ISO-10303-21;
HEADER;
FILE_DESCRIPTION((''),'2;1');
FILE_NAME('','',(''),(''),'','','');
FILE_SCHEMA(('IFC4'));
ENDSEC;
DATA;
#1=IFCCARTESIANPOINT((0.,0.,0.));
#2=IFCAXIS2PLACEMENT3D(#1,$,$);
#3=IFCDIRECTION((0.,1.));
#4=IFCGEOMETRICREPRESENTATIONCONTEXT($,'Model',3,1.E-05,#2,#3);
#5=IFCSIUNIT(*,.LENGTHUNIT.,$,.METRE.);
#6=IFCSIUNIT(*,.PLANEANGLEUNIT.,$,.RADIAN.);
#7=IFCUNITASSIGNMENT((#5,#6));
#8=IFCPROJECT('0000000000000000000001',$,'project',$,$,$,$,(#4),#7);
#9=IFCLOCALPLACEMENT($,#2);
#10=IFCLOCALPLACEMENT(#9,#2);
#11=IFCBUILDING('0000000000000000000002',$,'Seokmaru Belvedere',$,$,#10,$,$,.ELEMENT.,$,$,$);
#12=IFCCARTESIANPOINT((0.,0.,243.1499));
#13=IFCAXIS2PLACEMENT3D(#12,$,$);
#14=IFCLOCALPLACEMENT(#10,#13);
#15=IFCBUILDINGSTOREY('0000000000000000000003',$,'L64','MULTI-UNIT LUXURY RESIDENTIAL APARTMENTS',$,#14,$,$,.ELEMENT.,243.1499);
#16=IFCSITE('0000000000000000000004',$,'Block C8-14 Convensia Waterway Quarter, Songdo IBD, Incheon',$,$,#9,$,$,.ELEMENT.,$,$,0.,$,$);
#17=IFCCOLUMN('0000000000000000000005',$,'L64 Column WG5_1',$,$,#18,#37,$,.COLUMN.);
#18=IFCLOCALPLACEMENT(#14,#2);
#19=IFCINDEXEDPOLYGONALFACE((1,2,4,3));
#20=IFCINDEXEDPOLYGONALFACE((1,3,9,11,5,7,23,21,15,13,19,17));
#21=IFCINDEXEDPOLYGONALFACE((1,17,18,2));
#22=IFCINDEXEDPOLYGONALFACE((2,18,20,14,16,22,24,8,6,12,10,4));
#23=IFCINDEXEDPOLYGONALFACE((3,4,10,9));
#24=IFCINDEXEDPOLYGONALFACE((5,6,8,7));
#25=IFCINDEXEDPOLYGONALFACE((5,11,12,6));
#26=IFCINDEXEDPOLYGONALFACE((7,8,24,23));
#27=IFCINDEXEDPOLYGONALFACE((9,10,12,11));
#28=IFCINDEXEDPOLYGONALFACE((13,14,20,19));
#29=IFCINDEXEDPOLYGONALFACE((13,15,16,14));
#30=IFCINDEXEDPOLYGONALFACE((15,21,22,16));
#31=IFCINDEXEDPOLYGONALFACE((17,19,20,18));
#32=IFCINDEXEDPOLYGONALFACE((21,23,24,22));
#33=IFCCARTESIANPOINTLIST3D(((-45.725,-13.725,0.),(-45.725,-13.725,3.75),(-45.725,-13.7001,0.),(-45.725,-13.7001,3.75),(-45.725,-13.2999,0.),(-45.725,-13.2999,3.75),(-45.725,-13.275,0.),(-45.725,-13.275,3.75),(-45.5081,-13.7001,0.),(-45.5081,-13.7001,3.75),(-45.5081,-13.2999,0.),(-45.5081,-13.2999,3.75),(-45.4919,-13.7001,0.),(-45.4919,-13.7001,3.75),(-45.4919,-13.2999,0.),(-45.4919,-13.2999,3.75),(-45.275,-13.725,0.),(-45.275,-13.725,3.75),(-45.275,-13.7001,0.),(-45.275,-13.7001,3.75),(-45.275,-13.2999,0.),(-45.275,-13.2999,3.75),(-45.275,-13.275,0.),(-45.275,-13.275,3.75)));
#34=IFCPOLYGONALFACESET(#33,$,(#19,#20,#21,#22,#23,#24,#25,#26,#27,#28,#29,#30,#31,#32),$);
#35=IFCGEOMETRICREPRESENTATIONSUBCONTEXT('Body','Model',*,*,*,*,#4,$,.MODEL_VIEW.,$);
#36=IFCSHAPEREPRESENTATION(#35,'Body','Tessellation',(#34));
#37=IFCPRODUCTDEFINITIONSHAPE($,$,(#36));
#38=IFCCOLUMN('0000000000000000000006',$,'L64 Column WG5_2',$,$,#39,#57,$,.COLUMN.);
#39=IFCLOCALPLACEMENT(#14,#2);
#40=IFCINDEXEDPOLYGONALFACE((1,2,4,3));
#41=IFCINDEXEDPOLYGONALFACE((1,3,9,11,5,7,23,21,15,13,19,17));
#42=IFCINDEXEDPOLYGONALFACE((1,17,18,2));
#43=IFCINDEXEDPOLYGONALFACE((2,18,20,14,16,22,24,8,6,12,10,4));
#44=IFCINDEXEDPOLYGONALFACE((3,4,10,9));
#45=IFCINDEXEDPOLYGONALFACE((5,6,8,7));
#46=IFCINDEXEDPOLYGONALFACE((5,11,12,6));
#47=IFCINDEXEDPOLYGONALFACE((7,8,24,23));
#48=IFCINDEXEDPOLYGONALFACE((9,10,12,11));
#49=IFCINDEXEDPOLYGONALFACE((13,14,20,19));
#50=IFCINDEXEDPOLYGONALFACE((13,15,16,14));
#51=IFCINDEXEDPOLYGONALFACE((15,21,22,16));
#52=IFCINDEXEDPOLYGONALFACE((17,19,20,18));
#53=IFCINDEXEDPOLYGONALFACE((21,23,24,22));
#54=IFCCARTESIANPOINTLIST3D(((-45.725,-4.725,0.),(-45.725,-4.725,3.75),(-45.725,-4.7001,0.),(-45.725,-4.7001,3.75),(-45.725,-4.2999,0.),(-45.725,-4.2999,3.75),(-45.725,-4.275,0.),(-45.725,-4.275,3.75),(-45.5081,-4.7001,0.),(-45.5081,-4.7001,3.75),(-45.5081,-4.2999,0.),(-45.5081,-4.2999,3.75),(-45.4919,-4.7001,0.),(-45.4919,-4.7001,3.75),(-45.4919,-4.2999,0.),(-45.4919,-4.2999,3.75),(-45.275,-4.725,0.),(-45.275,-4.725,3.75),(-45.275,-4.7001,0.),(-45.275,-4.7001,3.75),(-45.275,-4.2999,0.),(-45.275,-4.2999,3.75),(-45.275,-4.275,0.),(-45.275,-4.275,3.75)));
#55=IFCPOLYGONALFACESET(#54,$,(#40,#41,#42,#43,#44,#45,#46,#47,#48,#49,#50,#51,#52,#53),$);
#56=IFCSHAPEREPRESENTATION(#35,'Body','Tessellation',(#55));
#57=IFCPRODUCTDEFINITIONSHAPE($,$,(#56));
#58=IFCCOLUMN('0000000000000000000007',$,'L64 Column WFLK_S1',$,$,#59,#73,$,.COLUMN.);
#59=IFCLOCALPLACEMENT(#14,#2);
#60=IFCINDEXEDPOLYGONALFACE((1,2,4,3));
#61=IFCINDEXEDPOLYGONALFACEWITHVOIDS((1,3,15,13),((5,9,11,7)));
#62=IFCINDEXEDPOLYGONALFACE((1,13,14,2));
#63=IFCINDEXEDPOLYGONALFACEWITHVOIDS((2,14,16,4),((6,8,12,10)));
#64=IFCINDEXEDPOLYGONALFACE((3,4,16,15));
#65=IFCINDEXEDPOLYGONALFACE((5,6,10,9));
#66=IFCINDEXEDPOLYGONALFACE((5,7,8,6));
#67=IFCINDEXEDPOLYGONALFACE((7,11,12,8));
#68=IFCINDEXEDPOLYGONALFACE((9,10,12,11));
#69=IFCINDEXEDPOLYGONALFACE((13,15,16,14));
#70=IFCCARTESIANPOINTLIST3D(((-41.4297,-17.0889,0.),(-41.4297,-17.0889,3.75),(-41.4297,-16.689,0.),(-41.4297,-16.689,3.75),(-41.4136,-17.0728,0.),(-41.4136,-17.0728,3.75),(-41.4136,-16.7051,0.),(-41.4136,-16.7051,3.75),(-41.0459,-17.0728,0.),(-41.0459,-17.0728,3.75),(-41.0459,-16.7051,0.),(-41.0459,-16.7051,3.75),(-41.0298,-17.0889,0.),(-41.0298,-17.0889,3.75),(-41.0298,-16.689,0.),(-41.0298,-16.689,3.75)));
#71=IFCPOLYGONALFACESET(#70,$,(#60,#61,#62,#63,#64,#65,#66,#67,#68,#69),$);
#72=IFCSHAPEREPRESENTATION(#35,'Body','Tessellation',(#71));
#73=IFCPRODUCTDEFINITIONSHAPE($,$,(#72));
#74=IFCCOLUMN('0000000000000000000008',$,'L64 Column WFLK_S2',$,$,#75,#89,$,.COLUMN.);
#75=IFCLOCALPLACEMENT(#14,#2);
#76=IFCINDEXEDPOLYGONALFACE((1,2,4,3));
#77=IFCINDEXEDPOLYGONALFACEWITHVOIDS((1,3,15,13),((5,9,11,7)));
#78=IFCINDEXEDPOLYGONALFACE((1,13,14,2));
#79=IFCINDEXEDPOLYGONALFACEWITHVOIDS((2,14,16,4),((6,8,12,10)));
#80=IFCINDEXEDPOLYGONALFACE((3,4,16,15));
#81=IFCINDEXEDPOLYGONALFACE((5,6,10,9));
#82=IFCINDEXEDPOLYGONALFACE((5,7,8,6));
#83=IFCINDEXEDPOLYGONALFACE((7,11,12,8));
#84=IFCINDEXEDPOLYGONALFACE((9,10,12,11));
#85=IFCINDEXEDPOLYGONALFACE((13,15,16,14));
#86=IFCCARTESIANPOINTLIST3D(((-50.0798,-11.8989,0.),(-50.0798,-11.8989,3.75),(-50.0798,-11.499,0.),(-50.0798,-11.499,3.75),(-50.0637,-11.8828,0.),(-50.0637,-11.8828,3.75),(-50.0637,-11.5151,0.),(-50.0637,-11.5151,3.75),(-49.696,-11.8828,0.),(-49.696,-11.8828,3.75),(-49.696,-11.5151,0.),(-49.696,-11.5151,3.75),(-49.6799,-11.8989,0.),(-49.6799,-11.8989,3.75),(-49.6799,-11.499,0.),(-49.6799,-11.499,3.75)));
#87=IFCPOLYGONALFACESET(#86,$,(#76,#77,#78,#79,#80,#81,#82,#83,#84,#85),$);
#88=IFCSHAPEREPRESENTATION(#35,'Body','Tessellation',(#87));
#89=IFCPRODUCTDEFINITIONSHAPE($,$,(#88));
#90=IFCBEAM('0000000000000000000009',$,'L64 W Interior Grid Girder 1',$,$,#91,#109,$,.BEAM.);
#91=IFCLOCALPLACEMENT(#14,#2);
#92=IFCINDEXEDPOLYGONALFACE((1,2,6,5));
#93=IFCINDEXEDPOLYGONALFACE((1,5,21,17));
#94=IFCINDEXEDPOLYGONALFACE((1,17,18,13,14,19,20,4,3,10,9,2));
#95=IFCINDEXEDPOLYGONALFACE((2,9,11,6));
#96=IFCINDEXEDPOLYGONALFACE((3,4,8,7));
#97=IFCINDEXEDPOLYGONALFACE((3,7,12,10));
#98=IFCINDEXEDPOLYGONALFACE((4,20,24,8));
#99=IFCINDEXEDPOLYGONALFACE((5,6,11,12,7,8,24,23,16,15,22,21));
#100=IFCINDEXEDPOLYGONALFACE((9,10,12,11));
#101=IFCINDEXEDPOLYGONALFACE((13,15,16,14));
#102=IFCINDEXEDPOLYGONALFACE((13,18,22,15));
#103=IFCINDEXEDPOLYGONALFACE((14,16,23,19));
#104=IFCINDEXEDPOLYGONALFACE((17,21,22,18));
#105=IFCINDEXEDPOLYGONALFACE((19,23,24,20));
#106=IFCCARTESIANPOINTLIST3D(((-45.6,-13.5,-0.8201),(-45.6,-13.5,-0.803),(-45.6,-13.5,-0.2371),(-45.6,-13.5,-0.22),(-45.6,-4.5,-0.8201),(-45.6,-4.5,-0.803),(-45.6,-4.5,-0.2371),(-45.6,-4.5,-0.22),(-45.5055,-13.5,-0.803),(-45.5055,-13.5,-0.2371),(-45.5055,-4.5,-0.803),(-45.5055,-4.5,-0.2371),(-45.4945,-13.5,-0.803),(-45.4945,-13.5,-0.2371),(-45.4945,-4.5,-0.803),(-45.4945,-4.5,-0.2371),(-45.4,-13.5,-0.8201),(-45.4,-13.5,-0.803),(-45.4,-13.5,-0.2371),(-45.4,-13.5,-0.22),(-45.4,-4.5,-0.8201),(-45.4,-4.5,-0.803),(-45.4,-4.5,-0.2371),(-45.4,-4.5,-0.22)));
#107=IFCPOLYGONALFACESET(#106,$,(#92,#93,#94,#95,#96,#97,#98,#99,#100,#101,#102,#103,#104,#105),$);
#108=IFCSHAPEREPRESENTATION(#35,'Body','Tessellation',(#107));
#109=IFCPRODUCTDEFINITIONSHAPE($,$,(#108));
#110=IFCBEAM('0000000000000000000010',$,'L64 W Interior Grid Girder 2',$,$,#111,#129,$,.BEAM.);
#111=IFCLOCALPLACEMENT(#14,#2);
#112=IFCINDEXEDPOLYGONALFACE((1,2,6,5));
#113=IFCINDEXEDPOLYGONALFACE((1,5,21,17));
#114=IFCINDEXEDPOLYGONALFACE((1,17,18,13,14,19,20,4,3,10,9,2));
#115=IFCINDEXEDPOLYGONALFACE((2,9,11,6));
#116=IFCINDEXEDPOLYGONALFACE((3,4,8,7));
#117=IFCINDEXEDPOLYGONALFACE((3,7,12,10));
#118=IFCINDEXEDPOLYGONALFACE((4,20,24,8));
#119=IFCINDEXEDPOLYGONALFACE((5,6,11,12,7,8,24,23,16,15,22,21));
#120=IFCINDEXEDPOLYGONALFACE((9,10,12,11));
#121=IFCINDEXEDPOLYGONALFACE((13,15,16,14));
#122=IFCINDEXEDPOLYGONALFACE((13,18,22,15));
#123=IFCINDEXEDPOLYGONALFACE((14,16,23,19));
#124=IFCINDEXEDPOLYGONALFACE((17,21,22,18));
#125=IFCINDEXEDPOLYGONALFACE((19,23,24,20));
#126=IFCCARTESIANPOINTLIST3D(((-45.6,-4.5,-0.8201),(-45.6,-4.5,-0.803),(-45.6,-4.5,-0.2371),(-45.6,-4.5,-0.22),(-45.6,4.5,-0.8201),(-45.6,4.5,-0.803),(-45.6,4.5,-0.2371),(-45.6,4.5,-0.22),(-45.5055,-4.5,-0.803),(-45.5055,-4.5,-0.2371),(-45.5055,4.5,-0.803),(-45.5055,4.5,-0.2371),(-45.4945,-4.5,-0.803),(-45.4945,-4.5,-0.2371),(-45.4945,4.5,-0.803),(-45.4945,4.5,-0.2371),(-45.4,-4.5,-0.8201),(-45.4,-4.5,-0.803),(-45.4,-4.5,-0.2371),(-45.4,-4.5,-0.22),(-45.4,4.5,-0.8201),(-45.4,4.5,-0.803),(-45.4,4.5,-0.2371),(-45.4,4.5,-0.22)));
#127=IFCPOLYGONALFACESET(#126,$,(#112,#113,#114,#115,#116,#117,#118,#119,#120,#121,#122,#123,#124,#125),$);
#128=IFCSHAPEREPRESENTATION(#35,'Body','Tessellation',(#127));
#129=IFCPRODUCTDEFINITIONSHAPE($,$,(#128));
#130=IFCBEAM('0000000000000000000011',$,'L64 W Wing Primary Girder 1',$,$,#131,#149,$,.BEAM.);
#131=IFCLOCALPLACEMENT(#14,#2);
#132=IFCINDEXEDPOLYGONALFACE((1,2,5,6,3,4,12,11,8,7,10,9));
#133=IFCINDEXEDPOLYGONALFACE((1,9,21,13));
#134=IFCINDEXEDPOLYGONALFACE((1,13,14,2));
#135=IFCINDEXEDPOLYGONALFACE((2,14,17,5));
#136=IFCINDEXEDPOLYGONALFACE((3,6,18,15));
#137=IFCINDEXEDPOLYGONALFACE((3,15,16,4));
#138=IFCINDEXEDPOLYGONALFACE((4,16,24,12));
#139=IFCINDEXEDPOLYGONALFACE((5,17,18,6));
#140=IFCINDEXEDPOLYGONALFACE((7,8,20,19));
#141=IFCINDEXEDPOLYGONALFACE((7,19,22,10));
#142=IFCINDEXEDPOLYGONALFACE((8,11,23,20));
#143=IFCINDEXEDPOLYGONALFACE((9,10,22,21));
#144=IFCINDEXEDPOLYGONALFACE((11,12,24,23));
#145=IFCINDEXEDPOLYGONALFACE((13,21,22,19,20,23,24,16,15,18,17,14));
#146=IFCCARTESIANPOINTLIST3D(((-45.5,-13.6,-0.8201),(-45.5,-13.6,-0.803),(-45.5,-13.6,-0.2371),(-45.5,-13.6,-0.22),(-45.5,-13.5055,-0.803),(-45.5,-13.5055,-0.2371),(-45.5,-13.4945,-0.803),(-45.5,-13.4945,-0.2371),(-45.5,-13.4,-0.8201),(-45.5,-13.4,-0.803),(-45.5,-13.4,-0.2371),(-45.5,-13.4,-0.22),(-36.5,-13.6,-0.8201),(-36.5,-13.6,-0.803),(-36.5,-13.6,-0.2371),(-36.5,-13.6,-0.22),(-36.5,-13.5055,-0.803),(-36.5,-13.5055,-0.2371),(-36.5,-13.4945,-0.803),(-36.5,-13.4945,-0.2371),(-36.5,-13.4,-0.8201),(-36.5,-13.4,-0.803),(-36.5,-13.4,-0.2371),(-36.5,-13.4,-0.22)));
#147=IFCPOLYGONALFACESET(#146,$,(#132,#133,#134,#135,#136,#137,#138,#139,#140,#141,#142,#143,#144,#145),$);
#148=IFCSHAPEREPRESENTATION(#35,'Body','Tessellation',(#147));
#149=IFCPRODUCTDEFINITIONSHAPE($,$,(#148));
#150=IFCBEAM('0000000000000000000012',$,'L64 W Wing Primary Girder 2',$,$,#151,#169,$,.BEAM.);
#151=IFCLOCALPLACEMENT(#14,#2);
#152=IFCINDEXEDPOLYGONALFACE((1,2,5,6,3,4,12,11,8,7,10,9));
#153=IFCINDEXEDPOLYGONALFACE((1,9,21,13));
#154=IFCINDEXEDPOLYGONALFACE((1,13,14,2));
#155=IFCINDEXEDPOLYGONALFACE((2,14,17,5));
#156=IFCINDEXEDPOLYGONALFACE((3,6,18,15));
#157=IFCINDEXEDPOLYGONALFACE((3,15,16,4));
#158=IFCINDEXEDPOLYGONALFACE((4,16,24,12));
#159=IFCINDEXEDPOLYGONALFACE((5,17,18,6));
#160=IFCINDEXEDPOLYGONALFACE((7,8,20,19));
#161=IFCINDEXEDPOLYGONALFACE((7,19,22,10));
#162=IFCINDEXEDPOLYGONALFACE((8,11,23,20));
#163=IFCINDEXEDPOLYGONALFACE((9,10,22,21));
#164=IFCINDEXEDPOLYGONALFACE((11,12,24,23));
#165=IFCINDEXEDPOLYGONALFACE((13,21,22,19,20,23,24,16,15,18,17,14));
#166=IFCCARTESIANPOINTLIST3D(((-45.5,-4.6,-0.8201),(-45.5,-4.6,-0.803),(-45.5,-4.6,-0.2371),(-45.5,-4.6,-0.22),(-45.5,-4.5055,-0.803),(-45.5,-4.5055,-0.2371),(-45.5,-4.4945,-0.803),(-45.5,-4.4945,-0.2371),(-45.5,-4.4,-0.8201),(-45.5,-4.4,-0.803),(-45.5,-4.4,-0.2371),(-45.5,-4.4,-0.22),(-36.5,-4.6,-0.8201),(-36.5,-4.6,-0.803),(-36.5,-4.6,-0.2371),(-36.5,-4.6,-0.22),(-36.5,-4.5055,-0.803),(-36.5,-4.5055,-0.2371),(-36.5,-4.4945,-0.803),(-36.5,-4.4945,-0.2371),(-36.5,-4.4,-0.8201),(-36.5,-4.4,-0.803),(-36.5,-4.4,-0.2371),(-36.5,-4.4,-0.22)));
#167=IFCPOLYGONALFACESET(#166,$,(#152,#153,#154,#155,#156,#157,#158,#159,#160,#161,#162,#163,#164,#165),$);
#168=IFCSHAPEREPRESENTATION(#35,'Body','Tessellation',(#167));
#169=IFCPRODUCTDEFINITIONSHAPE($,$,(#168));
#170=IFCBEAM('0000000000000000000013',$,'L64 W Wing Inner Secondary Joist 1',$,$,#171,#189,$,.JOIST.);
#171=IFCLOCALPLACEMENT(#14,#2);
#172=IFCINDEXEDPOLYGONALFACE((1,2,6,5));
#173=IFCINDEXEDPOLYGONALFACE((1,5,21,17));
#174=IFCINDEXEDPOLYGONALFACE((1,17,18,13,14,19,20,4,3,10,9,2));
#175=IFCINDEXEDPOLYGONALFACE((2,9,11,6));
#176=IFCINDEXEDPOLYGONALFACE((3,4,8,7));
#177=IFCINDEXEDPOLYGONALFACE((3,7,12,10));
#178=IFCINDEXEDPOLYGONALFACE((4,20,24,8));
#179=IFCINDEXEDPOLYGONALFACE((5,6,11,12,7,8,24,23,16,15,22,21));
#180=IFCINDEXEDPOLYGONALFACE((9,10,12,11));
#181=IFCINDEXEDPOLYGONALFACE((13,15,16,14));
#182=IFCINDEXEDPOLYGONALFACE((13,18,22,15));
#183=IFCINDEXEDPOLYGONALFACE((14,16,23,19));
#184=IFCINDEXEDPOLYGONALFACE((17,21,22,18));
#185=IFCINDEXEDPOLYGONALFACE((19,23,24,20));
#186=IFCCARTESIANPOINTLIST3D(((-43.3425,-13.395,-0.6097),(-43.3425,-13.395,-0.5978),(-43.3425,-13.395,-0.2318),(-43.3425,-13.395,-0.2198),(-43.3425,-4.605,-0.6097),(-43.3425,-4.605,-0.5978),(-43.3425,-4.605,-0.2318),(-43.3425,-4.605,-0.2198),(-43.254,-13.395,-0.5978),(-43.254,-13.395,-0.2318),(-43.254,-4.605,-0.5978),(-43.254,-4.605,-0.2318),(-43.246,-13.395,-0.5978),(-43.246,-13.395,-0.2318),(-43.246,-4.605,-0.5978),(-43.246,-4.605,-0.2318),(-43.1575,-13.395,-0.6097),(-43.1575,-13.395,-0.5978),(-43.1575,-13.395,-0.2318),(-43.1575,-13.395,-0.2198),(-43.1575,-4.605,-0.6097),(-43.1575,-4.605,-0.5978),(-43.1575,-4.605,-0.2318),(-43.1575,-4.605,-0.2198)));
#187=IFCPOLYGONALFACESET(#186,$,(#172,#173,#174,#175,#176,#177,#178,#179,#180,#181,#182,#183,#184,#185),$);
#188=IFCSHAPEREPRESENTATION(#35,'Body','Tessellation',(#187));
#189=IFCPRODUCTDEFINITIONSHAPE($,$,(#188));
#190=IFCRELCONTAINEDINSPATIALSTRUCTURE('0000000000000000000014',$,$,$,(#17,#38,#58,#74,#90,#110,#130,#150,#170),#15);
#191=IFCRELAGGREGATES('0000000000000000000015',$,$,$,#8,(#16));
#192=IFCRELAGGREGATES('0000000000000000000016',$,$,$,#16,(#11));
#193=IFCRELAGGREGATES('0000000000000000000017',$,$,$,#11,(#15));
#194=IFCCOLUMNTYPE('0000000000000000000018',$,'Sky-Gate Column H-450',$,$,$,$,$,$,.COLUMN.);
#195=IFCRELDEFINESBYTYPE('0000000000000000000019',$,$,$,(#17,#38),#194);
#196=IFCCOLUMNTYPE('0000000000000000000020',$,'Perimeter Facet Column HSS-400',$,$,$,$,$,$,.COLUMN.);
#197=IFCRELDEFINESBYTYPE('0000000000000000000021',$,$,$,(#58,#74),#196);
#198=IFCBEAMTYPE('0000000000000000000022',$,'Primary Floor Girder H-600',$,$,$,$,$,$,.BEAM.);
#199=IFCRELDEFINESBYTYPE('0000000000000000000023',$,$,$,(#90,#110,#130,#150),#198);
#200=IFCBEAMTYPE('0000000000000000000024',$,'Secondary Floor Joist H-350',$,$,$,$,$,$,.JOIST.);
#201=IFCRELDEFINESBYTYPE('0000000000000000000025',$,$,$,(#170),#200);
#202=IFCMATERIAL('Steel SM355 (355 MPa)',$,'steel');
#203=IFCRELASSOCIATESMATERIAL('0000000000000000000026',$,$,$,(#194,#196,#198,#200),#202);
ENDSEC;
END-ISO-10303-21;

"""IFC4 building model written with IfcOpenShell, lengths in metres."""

from ifc_helpers import new_model, si_unit, direction, frame, origin, origin_2d, place, context, subcontext, project, spatial, hollow_rectangle, i_section, extrude, source, transform, mapped, material, material_profile, profile_set, type_object, type_shapes, element, save


model = new_model("IFC4")

# Units and contexts
model_context = context("Model", 3, precision=1e-05, world=origin(), true_north=direction((0.0, 1.0)))
body_context = subcontext(model_context, "Body", "Model", "MODEL_VIEW")
ifc_project = project(units=[si_unit("LENGTHUNIT", "METRE"), si_unit("PLANEANGLEUNIT", "RADIAN")], contexts=[model_context])

# Site, building, storey
site_placement = place(None, origin())
site = spatial("IfcSite", under=ifc_project, at=site_placement, Name="Block C8-14 Convensia Waterway Quarter, Songdo IBD, Incheon", CompositionType="ELEMENT", RefElevation=0.0)
building_placement = place(site_placement, origin())
building = spatial("IfcBuilding", under=site, at=building_placement, Name="Seokmaru Belvedere", CompositionType="ELEMENT")
storey_placement = place(building_placement, frame((0.0, 0.0, 243.1499)))
storey = spatial("IfcBuildingStorey", under=building, at=storey_placement, Name="L64", Description="MULTI-UNIT LUXURY RESIDENTIAL APARTMENTS", CompositionType="ELEMENT", Elevation=243.1499)

# Columns
ifc_material_1 = material(Name="Steel SM355 (355 MPa)", Category="steel")
ifc_material_profile_1 = material_profile(ifc_material_1, i_section(OverallWidth=0.45, OverallDepth=0.45, WebThickness=0.0161, FlangeThickness=0.0249, at=origin_2d()), Name="H-450x450x16x25")
ifc_profile_set_1 = profile_set([ifc_material_profile_1], Name="Steel SM355 (355 MPa)")
column_type_1 = type_object("IfcColumnType", Name="Sky-Gate Column H-450", PredefinedType="COLUMN", material=ifc_profile_set_1)
shared_shape_1 = source(origin(), body_context, "Body", "SweptSolid", [
    extrude(i_section(OverallWidth=0.45, OverallDepth=0.45, WebThickness=0.0161, FlangeThickness=0.0249, at=origin_2d()), origin(), (0.0, 0.0, 1.0), 3.75),
])
type_shapes(column_type_1, [shared_shape_1])
for number, where, z_axis, x_axis, name in (
    (1, (-45.5, -13.5, 0.0), (0.0, 0.0, 1.0), (1.0, 0.0, 0.0), "L64 Column WG5_1"),
    (2, (-45.5, -4.5, 0.0), (0.0, 0.0, 1.0), (1.0, 0.0, 0.0), "L64 Column WG5_2"),
):
    element("IfcColumn", number, at=place(storey_placement, frame(where, z_axis=z_axis, x_axis=x_axis)), inside=storey, type_object=column_type_1, Name=name, PredefinedType="COLUMN", context=body_context, shape_type="MappedRepresentation", body=[
        mapped(shared_shape_1, transform((0.0, 0.0, 0.0), scale=1.0)),
    ])
ifc_material_profile_2 = material_profile(ifc_material_1, hollow_rectangle(XDim=0.3999, YDim=0.3999, WallThickness=0.0161, at=origin_2d()), Name="HSS-400x400x16")
ifc_profile_set_2 = profile_set([ifc_material_profile_2], Name="Steel SM355 (355 MPa)")
column_type_2 = type_object("IfcColumnType", Name="Perimeter Facet Column HSS-400", PredefinedType="COLUMN", material=ifc_profile_set_2)
shared_shape_2 = source(origin(), body_context, "Body", "SweptSolid", [
    extrude(hollow_rectangle(XDim=0.3999, YDim=0.3999, WallThickness=0.0161, at=origin_2d()), origin(), (0.0, 0.0, 1.0), 3.75),
])
type_shapes(column_type_2, [shared_shape_2])
for number, where, z_axis, x_axis, name in (
    (3, (-41.2297, -16.8889, 0.0), (0.0, 0.0, 1.0), (1.0, 0.0, 0.0), "L64 Column WFLK_S1"),
    (4, (-49.8799, -11.699, 0.0), (0.0, 0.0, 1.0), (1.0, 0.0, 0.0), "L64 Column WFLK_S2"),
):
    element("IfcColumn", number, at=place(storey_placement, frame(where, z_axis=z_axis, x_axis=x_axis)), inside=storey, type_object=column_type_2, Name=name, PredefinedType="COLUMN", context=body_context, shape_type="MappedRepresentation", body=[
        mapped(shared_shape_2, transform((0.0, 0.0, 0.0), scale=1.0)),
    ])

# Beams
ifc_material_profile_3 = material_profile(ifc_material_1, i_section(OverallWidth=0.2, OverallDepth=0.6001, WebThickness=0.011, FlangeThickness=0.0171, at=origin_2d()), Name="H-600x200x11x17")
ifc_profile_set_3 = profile_set([ifc_material_profile_3], Name="Steel SM355 (355 MPa)")
beam_type_1 = type_object("IfcBeamType", Name="Primary Floor Girder H-600", PredefinedType="BEAM", material=ifc_profile_set_3)
shared_shape_3 = source(origin(), body_context, "Body", "SweptSolid", [
    extrude(i_section(OverallWidth=0.2, OverallDepth=0.6001, WebThickness=0.011, FlangeThickness=0.0171, at=origin_2d()), origin(), (0.0, 0.0, 1.0), 9.0),
])
for number, where, z_axis, x_axis, name in (
    (5, (-45.5, -13.5, -0.52), (0.0, 1.0, 0.0), (-1.0, 0.0, 0.0), "L64 W Interior Grid Girder 1"),
    (6, (-45.5, -4.5, -0.52), (0.0, 1.0, 0.0), (-1.0, 0.0, 0.0), "L64 W Interior Grid Girder 2"),
    (7, (-45.5, -13.5, -0.52), (1.0, 0.0, 0.0), (0.0, 1.0, 0.0), "L64 W Wing Primary Girder 1"),
    (8, (-45.5, -4.5, -0.52), (1.0, 0.0, 0.0), (0.0, 1.0, 0.0), "L64 W Wing Primary Girder 2"),
):
    element("IfcBeam", number, at=place(storey_placement, frame(where, z_axis=z_axis, x_axis=x_axis)), inside=storey, type_object=beam_type_1, Name=name, PredefinedType="BEAM", context=body_context, shape_type="MappedRepresentation", body=[
        mapped(shared_shape_3, transform((0.0, 0.0, 0.0), scale=1.0)),
    ])
ifc_material_profile_4 = material_profile(ifc_material_1, i_section(OverallWidth=0.1851, OverallDepth=0.3899, WebThickness=0.0081, FlangeThickness=0.012, at=origin_2d()), Name="H-390x185x8x12")
ifc_profile_set_4 = profile_set([ifc_material_profile_4], Name="Steel SM355 (355 MPa)")
beam_type_2 = type_object("IfcBeamType", Name="Secondary Floor Joist H-350", PredefinedType="JOIST", material=ifc_profile_set_4)
shared_shape_4 = source(origin(), body_context, "Body", "SweptSolid", [
    extrude(i_section(OverallWidth=0.1851, OverallDepth=0.3899, WebThickness=0.0081, FlangeThickness=0.012, at=origin_2d()), origin(), (0.0, 0.0, 1.0), 8.79),
])
type_shapes(beam_type_2, [shared_shape_4])
for number, where, z_axis, x_axis, name in (
    (9, (-43.25, -13.395, -0.4148), (0.0, 1.0, 0.0), (-1.0, 0.0, 0.0), "L64 W Wing Inner Secondary Joist 1"),
):
    element("IfcBeam", number, at=place(storey_placement, frame(where, z_axis=z_axis, x_axis=x_axis)), inside=storey, type_object=beam_type_2, Name=name, PredefinedType="JOIST", context=body_context, shape_type="MappedRepresentation", body=[
        mapped(shared_shape_4, transform((0.0, 0.0, 0.0), scale=1.0)),
    ])

save(model, "model.ifc")
